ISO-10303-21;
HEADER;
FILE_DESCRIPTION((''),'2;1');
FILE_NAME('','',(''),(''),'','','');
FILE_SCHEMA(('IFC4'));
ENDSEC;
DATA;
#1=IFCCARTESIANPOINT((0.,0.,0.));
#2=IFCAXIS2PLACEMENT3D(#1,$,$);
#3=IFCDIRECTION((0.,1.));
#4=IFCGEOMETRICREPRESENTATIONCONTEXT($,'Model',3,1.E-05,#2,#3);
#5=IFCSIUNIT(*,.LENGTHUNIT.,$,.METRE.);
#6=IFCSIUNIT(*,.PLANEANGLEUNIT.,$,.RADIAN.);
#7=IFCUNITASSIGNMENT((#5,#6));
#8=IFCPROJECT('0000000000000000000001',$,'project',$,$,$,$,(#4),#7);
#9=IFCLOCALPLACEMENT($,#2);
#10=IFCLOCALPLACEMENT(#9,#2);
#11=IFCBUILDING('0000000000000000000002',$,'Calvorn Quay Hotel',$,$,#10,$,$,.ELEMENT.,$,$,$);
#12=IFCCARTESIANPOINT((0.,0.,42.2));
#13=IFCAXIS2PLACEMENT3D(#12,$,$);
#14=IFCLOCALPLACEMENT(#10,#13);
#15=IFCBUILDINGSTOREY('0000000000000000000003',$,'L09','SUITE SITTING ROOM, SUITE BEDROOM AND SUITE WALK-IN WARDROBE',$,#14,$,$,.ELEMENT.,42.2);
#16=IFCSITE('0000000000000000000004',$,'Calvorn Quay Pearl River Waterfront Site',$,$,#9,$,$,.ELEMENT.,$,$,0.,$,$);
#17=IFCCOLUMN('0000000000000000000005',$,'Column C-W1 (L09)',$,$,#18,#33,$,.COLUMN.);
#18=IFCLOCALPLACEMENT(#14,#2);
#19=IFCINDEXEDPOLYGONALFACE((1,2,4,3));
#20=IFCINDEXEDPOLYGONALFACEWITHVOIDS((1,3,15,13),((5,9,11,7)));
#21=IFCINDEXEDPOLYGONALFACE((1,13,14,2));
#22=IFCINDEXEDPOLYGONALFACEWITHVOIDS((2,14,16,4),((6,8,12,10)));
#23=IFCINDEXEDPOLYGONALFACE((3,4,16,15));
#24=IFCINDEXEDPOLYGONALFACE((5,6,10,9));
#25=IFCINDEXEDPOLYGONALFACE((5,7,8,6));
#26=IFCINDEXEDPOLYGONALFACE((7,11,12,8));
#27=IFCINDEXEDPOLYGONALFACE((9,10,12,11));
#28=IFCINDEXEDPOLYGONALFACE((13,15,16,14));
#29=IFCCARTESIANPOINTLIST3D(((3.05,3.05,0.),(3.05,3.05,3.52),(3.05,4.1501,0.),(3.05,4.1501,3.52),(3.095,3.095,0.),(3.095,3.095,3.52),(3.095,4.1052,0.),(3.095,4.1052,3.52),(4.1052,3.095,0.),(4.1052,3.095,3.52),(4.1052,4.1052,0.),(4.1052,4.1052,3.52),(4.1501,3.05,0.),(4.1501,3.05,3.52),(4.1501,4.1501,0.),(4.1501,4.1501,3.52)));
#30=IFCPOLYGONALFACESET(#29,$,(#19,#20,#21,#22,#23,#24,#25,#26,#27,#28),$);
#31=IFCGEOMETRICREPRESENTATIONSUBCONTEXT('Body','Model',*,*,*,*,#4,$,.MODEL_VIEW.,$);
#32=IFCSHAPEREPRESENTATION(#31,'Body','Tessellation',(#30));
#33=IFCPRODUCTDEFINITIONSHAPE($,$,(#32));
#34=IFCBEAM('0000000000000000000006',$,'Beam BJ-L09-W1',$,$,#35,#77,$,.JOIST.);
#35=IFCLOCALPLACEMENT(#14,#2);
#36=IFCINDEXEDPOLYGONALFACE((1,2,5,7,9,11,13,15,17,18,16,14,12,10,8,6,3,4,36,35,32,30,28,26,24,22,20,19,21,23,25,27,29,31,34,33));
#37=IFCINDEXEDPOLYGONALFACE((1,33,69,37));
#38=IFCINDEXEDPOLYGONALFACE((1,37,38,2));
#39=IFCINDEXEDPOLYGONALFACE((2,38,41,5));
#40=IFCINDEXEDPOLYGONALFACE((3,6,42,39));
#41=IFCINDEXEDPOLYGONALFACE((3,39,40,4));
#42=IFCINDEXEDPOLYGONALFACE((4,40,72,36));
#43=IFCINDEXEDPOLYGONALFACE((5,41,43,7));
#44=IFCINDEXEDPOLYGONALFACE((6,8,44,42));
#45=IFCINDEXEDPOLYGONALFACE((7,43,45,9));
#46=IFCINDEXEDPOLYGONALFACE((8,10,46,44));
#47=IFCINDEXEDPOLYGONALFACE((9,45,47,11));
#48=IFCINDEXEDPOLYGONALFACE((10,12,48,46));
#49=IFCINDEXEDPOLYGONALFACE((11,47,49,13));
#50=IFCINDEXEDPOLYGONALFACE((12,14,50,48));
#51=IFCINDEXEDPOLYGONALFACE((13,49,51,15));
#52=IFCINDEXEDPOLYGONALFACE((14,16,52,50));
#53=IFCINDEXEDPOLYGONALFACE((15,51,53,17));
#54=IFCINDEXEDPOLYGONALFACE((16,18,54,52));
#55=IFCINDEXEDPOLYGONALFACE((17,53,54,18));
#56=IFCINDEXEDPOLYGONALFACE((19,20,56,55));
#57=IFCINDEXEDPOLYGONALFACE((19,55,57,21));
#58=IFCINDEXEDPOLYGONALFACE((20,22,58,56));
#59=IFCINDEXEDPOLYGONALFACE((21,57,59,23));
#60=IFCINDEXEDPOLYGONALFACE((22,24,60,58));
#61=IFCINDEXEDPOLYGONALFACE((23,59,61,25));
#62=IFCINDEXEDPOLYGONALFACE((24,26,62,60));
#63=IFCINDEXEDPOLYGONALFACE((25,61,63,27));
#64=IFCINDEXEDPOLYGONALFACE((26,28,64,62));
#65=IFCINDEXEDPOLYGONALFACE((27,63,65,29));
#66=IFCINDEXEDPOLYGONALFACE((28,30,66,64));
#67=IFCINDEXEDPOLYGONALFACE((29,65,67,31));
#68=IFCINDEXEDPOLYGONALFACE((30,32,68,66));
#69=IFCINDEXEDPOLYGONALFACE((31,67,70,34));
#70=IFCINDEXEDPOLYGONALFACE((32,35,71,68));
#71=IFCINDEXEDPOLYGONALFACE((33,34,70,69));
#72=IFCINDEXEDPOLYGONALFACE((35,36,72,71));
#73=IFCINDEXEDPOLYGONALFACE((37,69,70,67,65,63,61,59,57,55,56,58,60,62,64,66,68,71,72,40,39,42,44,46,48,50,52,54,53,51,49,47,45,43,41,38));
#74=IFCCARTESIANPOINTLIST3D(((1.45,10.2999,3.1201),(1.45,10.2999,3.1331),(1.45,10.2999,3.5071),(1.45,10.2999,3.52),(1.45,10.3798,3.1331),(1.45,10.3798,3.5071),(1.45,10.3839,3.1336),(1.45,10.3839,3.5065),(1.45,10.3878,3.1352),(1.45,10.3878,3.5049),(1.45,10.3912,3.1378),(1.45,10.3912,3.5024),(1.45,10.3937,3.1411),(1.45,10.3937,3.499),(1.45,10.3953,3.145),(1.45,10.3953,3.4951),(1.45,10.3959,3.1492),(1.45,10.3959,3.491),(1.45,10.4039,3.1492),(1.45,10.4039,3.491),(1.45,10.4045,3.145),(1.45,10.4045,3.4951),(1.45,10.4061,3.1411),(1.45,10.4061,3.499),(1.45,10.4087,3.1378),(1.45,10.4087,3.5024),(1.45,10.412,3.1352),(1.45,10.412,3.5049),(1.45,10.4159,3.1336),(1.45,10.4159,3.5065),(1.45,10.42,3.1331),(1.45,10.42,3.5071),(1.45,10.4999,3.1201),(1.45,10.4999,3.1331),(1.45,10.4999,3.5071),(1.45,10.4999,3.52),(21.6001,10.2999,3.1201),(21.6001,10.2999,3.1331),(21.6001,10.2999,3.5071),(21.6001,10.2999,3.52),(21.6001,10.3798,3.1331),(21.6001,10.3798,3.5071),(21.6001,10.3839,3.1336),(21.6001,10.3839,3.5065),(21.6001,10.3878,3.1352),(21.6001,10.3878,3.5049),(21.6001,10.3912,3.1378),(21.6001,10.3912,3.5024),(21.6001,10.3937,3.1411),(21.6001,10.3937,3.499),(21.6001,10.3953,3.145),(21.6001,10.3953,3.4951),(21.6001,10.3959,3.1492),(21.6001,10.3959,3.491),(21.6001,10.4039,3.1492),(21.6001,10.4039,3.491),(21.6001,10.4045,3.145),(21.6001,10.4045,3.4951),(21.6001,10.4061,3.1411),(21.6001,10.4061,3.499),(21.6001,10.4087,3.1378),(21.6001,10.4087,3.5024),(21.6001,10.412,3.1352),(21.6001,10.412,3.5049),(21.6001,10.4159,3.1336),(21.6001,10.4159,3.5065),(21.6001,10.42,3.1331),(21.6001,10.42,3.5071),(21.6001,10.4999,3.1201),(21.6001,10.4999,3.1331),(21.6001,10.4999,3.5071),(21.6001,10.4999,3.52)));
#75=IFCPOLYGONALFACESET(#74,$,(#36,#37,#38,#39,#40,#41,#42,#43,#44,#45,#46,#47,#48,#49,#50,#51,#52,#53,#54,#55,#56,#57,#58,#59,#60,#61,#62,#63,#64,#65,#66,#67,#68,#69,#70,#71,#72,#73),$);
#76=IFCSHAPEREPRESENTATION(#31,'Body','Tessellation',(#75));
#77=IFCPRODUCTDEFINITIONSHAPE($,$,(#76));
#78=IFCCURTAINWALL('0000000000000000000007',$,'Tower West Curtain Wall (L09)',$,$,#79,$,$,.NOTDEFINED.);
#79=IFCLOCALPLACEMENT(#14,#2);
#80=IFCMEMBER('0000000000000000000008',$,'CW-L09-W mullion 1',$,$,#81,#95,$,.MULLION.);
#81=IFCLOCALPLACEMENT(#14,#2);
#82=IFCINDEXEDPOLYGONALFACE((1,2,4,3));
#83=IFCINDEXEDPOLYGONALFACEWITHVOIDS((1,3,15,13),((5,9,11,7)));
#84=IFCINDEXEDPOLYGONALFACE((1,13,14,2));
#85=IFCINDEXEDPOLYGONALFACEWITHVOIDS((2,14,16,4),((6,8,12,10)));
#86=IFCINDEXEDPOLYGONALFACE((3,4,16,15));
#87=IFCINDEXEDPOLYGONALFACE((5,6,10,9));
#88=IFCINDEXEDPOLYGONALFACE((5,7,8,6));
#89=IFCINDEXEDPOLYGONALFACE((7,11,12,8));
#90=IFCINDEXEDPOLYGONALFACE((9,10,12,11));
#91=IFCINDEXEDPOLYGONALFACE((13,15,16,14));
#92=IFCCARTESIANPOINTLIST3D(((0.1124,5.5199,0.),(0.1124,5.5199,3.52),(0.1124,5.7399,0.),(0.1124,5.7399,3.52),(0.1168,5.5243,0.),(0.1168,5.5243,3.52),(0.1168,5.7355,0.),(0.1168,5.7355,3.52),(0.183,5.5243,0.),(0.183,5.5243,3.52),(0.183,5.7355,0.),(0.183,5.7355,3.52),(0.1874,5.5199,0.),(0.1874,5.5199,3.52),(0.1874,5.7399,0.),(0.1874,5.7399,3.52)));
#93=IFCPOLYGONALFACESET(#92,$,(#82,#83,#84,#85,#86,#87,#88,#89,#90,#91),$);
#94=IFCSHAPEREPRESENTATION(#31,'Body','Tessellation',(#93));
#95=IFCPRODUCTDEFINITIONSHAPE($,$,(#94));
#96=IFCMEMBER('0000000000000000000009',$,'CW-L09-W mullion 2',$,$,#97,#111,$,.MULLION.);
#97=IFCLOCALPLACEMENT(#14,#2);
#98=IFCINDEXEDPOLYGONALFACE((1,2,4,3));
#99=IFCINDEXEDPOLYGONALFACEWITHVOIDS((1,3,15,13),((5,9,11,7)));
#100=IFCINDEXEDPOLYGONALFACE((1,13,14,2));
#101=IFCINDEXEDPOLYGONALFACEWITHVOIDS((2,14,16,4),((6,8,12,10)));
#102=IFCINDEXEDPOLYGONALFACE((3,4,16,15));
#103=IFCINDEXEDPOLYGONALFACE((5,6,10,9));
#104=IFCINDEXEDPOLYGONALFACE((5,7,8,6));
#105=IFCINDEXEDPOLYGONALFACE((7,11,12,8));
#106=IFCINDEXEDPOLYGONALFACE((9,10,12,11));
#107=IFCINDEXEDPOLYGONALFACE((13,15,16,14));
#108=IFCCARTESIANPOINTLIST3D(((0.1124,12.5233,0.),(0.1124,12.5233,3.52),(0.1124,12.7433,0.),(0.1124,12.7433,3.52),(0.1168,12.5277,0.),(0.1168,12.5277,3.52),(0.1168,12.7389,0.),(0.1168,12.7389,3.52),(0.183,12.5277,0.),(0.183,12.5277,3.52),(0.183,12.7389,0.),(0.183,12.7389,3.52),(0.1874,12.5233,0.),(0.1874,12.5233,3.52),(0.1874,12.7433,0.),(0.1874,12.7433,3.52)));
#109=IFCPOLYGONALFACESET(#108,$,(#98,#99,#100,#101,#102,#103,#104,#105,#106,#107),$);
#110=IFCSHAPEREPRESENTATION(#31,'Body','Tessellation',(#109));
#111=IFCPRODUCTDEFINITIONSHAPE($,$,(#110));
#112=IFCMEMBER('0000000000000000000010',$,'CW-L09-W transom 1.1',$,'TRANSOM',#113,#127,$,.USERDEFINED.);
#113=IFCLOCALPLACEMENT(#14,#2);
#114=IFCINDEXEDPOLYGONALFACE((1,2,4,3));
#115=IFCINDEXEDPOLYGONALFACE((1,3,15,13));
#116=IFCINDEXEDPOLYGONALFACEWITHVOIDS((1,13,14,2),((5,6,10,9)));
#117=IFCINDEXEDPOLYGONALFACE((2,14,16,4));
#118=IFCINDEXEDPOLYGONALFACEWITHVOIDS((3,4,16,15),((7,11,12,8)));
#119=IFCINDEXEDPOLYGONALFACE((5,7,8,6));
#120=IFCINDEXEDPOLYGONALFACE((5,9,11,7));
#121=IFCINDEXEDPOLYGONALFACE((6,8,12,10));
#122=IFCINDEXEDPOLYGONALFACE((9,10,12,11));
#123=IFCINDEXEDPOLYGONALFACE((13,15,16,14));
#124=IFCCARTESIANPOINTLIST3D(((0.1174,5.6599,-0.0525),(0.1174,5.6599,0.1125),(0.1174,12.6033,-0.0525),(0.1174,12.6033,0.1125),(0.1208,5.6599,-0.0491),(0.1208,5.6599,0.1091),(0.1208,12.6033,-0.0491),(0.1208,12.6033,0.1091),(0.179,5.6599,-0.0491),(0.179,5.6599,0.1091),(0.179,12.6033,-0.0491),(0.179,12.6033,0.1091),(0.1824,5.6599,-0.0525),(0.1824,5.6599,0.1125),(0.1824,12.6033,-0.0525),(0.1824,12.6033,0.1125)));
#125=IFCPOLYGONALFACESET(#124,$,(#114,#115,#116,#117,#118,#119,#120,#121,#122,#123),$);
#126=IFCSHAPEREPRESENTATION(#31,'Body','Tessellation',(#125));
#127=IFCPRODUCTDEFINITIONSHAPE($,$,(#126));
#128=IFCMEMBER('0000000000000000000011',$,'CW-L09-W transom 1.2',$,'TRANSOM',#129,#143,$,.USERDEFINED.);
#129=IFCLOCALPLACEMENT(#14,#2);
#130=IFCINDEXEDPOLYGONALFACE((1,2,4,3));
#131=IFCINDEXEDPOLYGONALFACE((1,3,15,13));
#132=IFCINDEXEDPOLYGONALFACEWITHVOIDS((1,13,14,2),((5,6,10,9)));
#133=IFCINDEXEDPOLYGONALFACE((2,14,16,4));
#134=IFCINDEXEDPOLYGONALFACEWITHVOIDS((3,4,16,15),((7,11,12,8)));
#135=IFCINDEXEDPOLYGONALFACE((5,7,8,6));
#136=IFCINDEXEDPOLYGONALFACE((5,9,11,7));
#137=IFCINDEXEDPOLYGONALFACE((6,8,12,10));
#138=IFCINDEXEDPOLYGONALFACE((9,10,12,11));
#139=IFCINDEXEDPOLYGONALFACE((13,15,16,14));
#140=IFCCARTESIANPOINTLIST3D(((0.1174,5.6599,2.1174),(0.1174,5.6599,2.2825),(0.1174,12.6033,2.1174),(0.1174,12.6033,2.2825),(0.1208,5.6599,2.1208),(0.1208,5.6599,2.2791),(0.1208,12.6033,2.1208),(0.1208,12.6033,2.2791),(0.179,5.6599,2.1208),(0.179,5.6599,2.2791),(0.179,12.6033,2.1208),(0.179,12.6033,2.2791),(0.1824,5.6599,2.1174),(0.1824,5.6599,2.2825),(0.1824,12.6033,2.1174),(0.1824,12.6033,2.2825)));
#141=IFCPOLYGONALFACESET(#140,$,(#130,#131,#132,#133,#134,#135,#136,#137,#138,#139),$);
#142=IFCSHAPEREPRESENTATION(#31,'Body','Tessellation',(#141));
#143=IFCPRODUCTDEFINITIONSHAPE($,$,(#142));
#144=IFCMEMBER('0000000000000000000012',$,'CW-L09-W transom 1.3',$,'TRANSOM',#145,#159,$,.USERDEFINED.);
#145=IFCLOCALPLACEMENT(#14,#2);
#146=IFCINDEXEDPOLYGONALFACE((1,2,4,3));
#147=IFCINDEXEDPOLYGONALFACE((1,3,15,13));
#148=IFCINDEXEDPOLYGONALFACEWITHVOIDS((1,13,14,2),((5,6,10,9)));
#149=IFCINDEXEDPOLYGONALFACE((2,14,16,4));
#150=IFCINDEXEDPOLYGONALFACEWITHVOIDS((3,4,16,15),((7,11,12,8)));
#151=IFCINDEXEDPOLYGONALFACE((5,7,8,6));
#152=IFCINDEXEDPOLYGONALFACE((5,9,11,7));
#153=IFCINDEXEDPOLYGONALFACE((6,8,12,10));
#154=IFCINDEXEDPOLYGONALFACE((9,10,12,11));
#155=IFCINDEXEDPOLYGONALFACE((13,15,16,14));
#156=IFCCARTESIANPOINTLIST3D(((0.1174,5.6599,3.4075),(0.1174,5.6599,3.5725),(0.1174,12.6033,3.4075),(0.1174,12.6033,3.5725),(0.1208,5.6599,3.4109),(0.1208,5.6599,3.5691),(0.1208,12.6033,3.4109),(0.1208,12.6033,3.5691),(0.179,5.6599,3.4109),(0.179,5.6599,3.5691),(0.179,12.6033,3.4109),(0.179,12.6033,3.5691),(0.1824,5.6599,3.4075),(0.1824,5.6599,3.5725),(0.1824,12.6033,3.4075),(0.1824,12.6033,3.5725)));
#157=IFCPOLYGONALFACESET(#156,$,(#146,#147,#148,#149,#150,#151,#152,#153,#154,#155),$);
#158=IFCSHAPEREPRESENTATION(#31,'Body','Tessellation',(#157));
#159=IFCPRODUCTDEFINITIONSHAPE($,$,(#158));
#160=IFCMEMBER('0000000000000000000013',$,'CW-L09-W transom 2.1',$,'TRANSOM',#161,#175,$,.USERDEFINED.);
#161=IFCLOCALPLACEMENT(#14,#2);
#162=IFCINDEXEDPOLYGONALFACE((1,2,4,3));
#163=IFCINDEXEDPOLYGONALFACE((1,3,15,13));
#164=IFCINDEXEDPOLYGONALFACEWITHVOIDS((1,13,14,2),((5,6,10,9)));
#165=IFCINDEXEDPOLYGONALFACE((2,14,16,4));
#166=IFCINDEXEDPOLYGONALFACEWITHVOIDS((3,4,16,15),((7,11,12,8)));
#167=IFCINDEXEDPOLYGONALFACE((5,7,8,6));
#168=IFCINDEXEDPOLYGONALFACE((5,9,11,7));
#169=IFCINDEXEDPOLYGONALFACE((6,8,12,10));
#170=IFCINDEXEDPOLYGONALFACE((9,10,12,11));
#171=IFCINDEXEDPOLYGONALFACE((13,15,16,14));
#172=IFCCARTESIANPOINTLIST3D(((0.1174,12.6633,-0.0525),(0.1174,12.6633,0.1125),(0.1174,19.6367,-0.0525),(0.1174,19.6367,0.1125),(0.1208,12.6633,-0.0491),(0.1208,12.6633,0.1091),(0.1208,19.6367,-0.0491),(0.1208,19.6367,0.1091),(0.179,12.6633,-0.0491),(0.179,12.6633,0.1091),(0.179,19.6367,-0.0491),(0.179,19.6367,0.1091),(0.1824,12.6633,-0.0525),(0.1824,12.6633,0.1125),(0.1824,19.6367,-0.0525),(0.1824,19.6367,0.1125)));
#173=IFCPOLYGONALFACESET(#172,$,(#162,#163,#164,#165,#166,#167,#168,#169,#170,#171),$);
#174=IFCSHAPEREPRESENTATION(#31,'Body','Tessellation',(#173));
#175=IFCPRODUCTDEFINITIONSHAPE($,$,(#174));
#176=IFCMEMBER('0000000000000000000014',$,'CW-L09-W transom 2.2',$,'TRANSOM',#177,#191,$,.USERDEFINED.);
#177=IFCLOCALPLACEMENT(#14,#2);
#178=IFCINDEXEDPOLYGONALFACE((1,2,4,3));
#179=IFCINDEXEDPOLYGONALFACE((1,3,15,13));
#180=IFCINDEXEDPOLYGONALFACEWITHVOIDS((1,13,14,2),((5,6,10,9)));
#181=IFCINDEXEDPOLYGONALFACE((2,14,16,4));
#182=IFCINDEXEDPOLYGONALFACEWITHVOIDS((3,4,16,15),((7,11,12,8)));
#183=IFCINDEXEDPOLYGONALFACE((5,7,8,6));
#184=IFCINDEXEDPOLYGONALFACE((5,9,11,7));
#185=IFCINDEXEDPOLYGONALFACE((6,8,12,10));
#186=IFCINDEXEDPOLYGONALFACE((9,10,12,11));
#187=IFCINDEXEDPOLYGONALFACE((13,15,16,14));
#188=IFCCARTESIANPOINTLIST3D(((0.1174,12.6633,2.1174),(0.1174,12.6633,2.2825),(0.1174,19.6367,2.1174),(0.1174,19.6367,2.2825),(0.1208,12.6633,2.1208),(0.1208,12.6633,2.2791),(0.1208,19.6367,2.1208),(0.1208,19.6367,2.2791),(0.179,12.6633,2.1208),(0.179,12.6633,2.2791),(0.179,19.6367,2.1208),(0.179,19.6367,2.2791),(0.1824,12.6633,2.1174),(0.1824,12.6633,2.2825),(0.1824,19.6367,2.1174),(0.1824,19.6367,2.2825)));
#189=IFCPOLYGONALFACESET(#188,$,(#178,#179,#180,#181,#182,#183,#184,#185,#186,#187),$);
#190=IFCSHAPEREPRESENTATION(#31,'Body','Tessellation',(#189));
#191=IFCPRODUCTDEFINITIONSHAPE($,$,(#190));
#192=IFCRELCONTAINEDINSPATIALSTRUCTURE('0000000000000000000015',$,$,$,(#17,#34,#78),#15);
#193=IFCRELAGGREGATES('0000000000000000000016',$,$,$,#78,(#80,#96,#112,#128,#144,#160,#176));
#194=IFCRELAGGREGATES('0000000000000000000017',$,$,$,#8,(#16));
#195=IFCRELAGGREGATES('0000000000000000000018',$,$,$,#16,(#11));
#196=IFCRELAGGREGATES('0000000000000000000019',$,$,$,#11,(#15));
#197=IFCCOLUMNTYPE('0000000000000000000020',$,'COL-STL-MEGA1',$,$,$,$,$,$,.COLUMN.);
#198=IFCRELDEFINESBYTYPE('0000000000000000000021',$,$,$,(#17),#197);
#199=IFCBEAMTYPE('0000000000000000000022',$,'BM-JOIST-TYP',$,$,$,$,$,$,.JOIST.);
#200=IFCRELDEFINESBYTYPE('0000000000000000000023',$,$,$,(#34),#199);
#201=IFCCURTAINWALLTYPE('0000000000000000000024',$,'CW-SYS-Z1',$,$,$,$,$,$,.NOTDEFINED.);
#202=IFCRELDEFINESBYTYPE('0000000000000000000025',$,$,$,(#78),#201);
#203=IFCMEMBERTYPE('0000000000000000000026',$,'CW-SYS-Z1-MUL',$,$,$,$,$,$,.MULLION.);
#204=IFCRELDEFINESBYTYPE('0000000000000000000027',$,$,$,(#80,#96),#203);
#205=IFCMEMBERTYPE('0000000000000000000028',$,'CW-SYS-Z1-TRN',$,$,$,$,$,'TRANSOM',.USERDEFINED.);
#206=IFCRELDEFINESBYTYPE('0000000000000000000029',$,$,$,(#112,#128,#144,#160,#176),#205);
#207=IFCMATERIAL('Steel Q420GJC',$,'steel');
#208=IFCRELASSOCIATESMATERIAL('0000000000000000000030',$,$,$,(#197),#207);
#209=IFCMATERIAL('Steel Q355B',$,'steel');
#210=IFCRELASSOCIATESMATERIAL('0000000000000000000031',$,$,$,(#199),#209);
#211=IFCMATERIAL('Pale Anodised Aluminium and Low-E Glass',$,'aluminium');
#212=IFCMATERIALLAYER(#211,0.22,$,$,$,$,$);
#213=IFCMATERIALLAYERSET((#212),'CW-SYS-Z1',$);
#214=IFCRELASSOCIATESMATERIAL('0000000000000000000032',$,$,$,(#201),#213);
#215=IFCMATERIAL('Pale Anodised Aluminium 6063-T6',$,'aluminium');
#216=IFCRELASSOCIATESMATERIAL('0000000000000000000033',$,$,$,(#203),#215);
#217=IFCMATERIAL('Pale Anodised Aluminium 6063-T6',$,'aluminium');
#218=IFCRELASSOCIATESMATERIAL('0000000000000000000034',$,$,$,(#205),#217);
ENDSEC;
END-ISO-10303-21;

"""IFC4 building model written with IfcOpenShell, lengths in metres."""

from ifc_helpers import new_model, si_unit, direction, frame, origin, origin_2d, place, context, subcontext, project, spatial, hollow_rectangle, i_section, extrude, material, layer, layer_set, material_profile, profile_set, type_object, element, aggregate, save


model = new_model("IFC4")

# Units and contexts
model_context = context("Model", 3, precision=1e-05, world=origin(), true_north=direction((0.0, 1.0)))
body_context = subcontext(model_context, "Body", "Model", "MODEL_VIEW")
ifc_project = project(units=[si_unit("LENGTHUNIT", "METRE"), si_unit("PLANEANGLEUNIT", "RADIAN")], contexts=[model_context])

# Site, building, storey
site_placement = place(None, origin())
site = spatial("IfcSite", under=ifc_project, at=site_placement, Name="Calvorn Quay Pearl River Waterfront Site", CompositionType="ELEMENT", RefElevation=0.0)
building_placement = place(site_placement, origin())
building = spatial("IfcBuilding", under=site, at=building_placement, Name="Calvorn Quay Hotel", CompositionType="ELEMENT")
storey_placement = place(building_placement, frame((0.0, 0.0, 42.2)))
storey = spatial("IfcBuildingStorey", under=building, at=storey_placement, Name="L09", Description="SUITE SITTING ROOM, SUITE BEDROOM AND SUITE WALK-IN WARDROBE", CompositionType="ELEMENT", Elevation=42.2)

# Column
ifc_material_1 = material(Name="Steel Q420GJC", Category="steel")
ifc_material_profile_1 = material_profile(ifc_material_1, hollow_rectangle(XDim=1.1001, YDim=1.1001, WallThickness=0.0449, at=origin_2d()), Name="BOX1100x1100x45")
ifc_profile_set_1 = profile_set([ifc_material_profile_1], Name="Steel Q420GJC")
column_type = type_object("IfcColumnType", Name="COL-STL-MEGA1", PredefinedType="COLUMN", material=ifc_profile_set_1)
column_placement = place(storey_placement, frame((3.6001, 3.6001, 0.0), z_axis=(0.0, 0.0, 1.0), x_axis=(1.0, 0.0, 0.0)))
element("IfcColumn", 1, at=column_placement, inside=storey, type_object=column_type, Name="Column C-W1 (L09)", PredefinedType="COLUMN", context=body_context, shape_type="SweptSolid", body=[
    extrude(hollow_rectangle(XDim=1.1001, YDim=1.1001, WallThickness=0.0449, at=origin_2d()), origin(), (0.0, 0.0, 1.0), 3.52),
])

# Beam
ifc_material_2 = material(Name="Steel Q355B", Category="steel")
ifc_material_profile_2 = material_profile(ifc_material_2, i_section(OverallWidth=0.2, OverallDepth=0.3999, WebThickness=0.0081, FlangeThickness=0.0129, FilletRadius=0.0161, at=origin_2d()), Name="HN400x200x8x13")
ifc_profile_set_2 = profile_set([ifc_material_profile_2], Name="Steel Q355B")
beam_type = type_object("IfcBeamType", Name="BM-JOIST-TYP", PredefinedType="JOIST", material=ifc_profile_set_2)
beam_placement = place(storey_placement, frame((1.45, 10.3999, 3.3201), z_axis=(1.0, 0.0, 0.0), x_axis=(0.0, 1.0, 0.0)))
element("IfcBeam", 2, at=beam_placement, inside=storey, type_object=beam_type, Name="Beam BJ-L09-W1", PredefinedType="JOIST", context=body_context, shape_type="SweptSolid", body=[
    extrude(i_section(OverallWidth=0.2, OverallDepth=0.3999, WebThickness=0.0081, FlangeThickness=0.0129, FilletRadius=0.0161, at=origin_2d()), origin(), (0.0, 0.0, 1.0), 20.1501),
])

# Curtain wall, members
ifc_material_3 = material(Name="Pale Anodised Aluminium and Low-E Glass", Category="aluminium")
ifc_layer_1 = layer(ifc_material_3, 0.22)
ifc_layer_set_1 = layer_set([ifc_layer_1], Name="CW-SYS-Z1")
curtain_wall_type = type_object("IfcCurtainWallType", Name="CW-SYS-Z1", PredefinedType="NOTDEFINED", material=ifc_layer_set_1)
curtain_wall_placement = place(storey_placement, origin())
curtain_wall = element("IfcCurtainWall", 3, at=curtain_wall_placement, inside=storey, type_object=curtain_wall_type, Name="Tower West Curtain Wall (L09)", PredefinedType="NOTDEFINED")
ifc_material_4 = material(Name="Pale Anodised Aluminium 6063-T6", Category="aluminium")
ifc_material_profile_3 = material_profile(ifc_material_4, hollow_rectangle(XDim=0.075, YDim=0.22, WallThickness=0.0044, at=origin_2d()), Name="ALU-M220x75x4.5")
ifc_profile_set_3 = profile_set([ifc_material_profile_3], Name="Pale Anodised Aluminium 6063-T6")
member_type_1 = type_object("IfcMemberType", Name="CW-SYS-Z1-MUL", PredefinedType="MULLION", material=ifc_profile_set_3)
member_1_placement = place(storey_placement, frame((0.1499, 5.6299, 0.0), z_axis=(0.0, 0.0, 1.0), x_axis=(-1.0, 0.0, 0.0)))
member_1 = element("IfcMember", 4, at=member_1_placement, type_object=member_type_1, Name="CW-L09-W mullion 1", PredefinedType="MULLION", context=body_context, shape_type="SweptSolid", body=[
    extrude(hollow_rectangle(XDim=0.075, YDim=0.22, WallThickness=0.0044, at=origin_2d()), origin(), (0.0, 0.0, 1.0), 3.52),
])
member_2_placement = place(storey_placement, frame((0.1499, 12.6333, 0.0), z_axis=(0.0, 0.0, 1.0), x_axis=(-1.0, 0.0, 0.0)))
member_2 = element("IfcMember", 5, at=member_2_placement, type_object=member_type_1, Name="CW-L09-W mullion 2", PredefinedType="MULLION", context=body_context, shape_type="SweptSolid", body=[
    extrude(hollow_rectangle(XDim=0.075, YDim=0.22, WallThickness=0.0044, at=origin_2d()), origin(), (0.0, 0.0, 1.0), 3.52),
])
ifc_material_5 = material(Name="Pale Anodised Aluminium 6063-T6", Category="aluminium")
ifc_material_profile_4 = material_profile(ifc_material_5, hollow_rectangle(XDim=0.0649, YDim=0.165, WallThickness=0.0034, at=origin_2d()), Name="ALU-T165x65x3.5")
ifc_profile_set_4 = profile_set([ifc_material_profile_4], Name="Pale Anodised Aluminium 6063-T6")
member_type_2 = type_object("IfcMemberType", Name="CW-SYS-Z1-TRN", ElementType="TRANSOM", PredefinedType="USERDEFINED", material=ifc_profile_set_4)
member_3_placement = place(storey_placement, frame((0.1499, 5.6599, 0.03), z_axis=(0.0, 1.0, 0.0), x_axis=(-1.0, 0.0, 0.0)))
member_3 = element("IfcMember", 6, at=member_3_placement, type_object=member_type_2, Name="CW-L09-W transom 1.1", ObjectType="TRANSOM", PredefinedType="USERDEFINED", context=body_context, shape_type="SweptSolid", body=[
    extrude(hollow_rectangle(XDim=0.0649, YDim=0.165, WallThickness=0.0034, at=origin_2d()), origin(), (0.0, 0.0, 1.0), 6.9434),
])
member_4_placement = place(storey_placement, frame((0.1499, 5.6599, 2.2), z_axis=(0.0, 1.0, 0.0), x_axis=(-1.0, 0.0, 0.0)))
member_4 = element("IfcMember", 7, at=member_4_placement, type_object=member_type_2, Name="CW-L09-W transom 1.2", ObjectType="TRANSOM", PredefinedType="USERDEFINED", context=body_context, shape_type="SweptSolid", body=[
    extrude(hollow_rectangle(XDim=0.0649, YDim=0.165, WallThickness=0.0034, at=origin_2d()), origin(), (0.0, 0.0, 1.0), 6.9434),
])
member_5_placement = place(storey_placement, frame((0.1499, 5.6599, 3.49), z_axis=(0.0, 1.0, 0.0), x_axis=(-1.0, 0.0, 0.0)))
member_5 = element("IfcMember", 8, at=member_5_placement, type_object=member_type_2, Name="CW-L09-W transom 1.3", ObjectType="TRANSOM", PredefinedType="USERDEFINED", context=body_context, shape_type="SweptSolid", body=[
    extrude(hollow_rectangle(XDim=0.0649, YDim=0.165, WallThickness=0.0034, at=origin_2d()), origin(), (0.0, 0.0, 1.0), 6.9434),
])
member_6_placement = place(storey_placement, frame((0.1499, 12.6633, 0.03), z_axis=(0.0, 1.0, 0.0), x_axis=(-1.0, 0.0, 0.0)))
member_6 = element("IfcMember", 9, at=member_6_placement, type_object=member_type_2, Name="CW-L09-W transom 2.1", ObjectType="TRANSOM", PredefinedType="USERDEFINED", context=body_context, shape_type="SweptSolid", body=[
    extrude(hollow_rectangle(XDim=0.0649, YDim=0.165, WallThickness=0.0034, at=origin_2d()), origin(), (0.0, 0.0, 1.0), 6.9734),
])
member_7_placement = place(storey_placement, frame((0.1499, 12.6633, 2.2), z_axis=(0.0, 1.0, 0.0), x_axis=(-1.0, 0.0, 0.0)))
member_7 = element("IfcMember", 10, at=member_7_placement, type_object=member_type_2, Name="CW-L09-W transom 2.2", ObjectType="TRANSOM", PredefinedType="USERDEFINED", context=body_context, shape_type="SweptSolid", body=[
    extrude(hollow_rectangle(XDim=0.0649, YDim=0.165, WallThickness=0.0034, at=origin_2d()), origin(), (0.0, 0.0, 1.0), 6.9734),
])
aggregate(curtain_wall, [member_1, member_2, member_3, member_4, member_5, member_6, member_7])

save(model, "model.ifc")
